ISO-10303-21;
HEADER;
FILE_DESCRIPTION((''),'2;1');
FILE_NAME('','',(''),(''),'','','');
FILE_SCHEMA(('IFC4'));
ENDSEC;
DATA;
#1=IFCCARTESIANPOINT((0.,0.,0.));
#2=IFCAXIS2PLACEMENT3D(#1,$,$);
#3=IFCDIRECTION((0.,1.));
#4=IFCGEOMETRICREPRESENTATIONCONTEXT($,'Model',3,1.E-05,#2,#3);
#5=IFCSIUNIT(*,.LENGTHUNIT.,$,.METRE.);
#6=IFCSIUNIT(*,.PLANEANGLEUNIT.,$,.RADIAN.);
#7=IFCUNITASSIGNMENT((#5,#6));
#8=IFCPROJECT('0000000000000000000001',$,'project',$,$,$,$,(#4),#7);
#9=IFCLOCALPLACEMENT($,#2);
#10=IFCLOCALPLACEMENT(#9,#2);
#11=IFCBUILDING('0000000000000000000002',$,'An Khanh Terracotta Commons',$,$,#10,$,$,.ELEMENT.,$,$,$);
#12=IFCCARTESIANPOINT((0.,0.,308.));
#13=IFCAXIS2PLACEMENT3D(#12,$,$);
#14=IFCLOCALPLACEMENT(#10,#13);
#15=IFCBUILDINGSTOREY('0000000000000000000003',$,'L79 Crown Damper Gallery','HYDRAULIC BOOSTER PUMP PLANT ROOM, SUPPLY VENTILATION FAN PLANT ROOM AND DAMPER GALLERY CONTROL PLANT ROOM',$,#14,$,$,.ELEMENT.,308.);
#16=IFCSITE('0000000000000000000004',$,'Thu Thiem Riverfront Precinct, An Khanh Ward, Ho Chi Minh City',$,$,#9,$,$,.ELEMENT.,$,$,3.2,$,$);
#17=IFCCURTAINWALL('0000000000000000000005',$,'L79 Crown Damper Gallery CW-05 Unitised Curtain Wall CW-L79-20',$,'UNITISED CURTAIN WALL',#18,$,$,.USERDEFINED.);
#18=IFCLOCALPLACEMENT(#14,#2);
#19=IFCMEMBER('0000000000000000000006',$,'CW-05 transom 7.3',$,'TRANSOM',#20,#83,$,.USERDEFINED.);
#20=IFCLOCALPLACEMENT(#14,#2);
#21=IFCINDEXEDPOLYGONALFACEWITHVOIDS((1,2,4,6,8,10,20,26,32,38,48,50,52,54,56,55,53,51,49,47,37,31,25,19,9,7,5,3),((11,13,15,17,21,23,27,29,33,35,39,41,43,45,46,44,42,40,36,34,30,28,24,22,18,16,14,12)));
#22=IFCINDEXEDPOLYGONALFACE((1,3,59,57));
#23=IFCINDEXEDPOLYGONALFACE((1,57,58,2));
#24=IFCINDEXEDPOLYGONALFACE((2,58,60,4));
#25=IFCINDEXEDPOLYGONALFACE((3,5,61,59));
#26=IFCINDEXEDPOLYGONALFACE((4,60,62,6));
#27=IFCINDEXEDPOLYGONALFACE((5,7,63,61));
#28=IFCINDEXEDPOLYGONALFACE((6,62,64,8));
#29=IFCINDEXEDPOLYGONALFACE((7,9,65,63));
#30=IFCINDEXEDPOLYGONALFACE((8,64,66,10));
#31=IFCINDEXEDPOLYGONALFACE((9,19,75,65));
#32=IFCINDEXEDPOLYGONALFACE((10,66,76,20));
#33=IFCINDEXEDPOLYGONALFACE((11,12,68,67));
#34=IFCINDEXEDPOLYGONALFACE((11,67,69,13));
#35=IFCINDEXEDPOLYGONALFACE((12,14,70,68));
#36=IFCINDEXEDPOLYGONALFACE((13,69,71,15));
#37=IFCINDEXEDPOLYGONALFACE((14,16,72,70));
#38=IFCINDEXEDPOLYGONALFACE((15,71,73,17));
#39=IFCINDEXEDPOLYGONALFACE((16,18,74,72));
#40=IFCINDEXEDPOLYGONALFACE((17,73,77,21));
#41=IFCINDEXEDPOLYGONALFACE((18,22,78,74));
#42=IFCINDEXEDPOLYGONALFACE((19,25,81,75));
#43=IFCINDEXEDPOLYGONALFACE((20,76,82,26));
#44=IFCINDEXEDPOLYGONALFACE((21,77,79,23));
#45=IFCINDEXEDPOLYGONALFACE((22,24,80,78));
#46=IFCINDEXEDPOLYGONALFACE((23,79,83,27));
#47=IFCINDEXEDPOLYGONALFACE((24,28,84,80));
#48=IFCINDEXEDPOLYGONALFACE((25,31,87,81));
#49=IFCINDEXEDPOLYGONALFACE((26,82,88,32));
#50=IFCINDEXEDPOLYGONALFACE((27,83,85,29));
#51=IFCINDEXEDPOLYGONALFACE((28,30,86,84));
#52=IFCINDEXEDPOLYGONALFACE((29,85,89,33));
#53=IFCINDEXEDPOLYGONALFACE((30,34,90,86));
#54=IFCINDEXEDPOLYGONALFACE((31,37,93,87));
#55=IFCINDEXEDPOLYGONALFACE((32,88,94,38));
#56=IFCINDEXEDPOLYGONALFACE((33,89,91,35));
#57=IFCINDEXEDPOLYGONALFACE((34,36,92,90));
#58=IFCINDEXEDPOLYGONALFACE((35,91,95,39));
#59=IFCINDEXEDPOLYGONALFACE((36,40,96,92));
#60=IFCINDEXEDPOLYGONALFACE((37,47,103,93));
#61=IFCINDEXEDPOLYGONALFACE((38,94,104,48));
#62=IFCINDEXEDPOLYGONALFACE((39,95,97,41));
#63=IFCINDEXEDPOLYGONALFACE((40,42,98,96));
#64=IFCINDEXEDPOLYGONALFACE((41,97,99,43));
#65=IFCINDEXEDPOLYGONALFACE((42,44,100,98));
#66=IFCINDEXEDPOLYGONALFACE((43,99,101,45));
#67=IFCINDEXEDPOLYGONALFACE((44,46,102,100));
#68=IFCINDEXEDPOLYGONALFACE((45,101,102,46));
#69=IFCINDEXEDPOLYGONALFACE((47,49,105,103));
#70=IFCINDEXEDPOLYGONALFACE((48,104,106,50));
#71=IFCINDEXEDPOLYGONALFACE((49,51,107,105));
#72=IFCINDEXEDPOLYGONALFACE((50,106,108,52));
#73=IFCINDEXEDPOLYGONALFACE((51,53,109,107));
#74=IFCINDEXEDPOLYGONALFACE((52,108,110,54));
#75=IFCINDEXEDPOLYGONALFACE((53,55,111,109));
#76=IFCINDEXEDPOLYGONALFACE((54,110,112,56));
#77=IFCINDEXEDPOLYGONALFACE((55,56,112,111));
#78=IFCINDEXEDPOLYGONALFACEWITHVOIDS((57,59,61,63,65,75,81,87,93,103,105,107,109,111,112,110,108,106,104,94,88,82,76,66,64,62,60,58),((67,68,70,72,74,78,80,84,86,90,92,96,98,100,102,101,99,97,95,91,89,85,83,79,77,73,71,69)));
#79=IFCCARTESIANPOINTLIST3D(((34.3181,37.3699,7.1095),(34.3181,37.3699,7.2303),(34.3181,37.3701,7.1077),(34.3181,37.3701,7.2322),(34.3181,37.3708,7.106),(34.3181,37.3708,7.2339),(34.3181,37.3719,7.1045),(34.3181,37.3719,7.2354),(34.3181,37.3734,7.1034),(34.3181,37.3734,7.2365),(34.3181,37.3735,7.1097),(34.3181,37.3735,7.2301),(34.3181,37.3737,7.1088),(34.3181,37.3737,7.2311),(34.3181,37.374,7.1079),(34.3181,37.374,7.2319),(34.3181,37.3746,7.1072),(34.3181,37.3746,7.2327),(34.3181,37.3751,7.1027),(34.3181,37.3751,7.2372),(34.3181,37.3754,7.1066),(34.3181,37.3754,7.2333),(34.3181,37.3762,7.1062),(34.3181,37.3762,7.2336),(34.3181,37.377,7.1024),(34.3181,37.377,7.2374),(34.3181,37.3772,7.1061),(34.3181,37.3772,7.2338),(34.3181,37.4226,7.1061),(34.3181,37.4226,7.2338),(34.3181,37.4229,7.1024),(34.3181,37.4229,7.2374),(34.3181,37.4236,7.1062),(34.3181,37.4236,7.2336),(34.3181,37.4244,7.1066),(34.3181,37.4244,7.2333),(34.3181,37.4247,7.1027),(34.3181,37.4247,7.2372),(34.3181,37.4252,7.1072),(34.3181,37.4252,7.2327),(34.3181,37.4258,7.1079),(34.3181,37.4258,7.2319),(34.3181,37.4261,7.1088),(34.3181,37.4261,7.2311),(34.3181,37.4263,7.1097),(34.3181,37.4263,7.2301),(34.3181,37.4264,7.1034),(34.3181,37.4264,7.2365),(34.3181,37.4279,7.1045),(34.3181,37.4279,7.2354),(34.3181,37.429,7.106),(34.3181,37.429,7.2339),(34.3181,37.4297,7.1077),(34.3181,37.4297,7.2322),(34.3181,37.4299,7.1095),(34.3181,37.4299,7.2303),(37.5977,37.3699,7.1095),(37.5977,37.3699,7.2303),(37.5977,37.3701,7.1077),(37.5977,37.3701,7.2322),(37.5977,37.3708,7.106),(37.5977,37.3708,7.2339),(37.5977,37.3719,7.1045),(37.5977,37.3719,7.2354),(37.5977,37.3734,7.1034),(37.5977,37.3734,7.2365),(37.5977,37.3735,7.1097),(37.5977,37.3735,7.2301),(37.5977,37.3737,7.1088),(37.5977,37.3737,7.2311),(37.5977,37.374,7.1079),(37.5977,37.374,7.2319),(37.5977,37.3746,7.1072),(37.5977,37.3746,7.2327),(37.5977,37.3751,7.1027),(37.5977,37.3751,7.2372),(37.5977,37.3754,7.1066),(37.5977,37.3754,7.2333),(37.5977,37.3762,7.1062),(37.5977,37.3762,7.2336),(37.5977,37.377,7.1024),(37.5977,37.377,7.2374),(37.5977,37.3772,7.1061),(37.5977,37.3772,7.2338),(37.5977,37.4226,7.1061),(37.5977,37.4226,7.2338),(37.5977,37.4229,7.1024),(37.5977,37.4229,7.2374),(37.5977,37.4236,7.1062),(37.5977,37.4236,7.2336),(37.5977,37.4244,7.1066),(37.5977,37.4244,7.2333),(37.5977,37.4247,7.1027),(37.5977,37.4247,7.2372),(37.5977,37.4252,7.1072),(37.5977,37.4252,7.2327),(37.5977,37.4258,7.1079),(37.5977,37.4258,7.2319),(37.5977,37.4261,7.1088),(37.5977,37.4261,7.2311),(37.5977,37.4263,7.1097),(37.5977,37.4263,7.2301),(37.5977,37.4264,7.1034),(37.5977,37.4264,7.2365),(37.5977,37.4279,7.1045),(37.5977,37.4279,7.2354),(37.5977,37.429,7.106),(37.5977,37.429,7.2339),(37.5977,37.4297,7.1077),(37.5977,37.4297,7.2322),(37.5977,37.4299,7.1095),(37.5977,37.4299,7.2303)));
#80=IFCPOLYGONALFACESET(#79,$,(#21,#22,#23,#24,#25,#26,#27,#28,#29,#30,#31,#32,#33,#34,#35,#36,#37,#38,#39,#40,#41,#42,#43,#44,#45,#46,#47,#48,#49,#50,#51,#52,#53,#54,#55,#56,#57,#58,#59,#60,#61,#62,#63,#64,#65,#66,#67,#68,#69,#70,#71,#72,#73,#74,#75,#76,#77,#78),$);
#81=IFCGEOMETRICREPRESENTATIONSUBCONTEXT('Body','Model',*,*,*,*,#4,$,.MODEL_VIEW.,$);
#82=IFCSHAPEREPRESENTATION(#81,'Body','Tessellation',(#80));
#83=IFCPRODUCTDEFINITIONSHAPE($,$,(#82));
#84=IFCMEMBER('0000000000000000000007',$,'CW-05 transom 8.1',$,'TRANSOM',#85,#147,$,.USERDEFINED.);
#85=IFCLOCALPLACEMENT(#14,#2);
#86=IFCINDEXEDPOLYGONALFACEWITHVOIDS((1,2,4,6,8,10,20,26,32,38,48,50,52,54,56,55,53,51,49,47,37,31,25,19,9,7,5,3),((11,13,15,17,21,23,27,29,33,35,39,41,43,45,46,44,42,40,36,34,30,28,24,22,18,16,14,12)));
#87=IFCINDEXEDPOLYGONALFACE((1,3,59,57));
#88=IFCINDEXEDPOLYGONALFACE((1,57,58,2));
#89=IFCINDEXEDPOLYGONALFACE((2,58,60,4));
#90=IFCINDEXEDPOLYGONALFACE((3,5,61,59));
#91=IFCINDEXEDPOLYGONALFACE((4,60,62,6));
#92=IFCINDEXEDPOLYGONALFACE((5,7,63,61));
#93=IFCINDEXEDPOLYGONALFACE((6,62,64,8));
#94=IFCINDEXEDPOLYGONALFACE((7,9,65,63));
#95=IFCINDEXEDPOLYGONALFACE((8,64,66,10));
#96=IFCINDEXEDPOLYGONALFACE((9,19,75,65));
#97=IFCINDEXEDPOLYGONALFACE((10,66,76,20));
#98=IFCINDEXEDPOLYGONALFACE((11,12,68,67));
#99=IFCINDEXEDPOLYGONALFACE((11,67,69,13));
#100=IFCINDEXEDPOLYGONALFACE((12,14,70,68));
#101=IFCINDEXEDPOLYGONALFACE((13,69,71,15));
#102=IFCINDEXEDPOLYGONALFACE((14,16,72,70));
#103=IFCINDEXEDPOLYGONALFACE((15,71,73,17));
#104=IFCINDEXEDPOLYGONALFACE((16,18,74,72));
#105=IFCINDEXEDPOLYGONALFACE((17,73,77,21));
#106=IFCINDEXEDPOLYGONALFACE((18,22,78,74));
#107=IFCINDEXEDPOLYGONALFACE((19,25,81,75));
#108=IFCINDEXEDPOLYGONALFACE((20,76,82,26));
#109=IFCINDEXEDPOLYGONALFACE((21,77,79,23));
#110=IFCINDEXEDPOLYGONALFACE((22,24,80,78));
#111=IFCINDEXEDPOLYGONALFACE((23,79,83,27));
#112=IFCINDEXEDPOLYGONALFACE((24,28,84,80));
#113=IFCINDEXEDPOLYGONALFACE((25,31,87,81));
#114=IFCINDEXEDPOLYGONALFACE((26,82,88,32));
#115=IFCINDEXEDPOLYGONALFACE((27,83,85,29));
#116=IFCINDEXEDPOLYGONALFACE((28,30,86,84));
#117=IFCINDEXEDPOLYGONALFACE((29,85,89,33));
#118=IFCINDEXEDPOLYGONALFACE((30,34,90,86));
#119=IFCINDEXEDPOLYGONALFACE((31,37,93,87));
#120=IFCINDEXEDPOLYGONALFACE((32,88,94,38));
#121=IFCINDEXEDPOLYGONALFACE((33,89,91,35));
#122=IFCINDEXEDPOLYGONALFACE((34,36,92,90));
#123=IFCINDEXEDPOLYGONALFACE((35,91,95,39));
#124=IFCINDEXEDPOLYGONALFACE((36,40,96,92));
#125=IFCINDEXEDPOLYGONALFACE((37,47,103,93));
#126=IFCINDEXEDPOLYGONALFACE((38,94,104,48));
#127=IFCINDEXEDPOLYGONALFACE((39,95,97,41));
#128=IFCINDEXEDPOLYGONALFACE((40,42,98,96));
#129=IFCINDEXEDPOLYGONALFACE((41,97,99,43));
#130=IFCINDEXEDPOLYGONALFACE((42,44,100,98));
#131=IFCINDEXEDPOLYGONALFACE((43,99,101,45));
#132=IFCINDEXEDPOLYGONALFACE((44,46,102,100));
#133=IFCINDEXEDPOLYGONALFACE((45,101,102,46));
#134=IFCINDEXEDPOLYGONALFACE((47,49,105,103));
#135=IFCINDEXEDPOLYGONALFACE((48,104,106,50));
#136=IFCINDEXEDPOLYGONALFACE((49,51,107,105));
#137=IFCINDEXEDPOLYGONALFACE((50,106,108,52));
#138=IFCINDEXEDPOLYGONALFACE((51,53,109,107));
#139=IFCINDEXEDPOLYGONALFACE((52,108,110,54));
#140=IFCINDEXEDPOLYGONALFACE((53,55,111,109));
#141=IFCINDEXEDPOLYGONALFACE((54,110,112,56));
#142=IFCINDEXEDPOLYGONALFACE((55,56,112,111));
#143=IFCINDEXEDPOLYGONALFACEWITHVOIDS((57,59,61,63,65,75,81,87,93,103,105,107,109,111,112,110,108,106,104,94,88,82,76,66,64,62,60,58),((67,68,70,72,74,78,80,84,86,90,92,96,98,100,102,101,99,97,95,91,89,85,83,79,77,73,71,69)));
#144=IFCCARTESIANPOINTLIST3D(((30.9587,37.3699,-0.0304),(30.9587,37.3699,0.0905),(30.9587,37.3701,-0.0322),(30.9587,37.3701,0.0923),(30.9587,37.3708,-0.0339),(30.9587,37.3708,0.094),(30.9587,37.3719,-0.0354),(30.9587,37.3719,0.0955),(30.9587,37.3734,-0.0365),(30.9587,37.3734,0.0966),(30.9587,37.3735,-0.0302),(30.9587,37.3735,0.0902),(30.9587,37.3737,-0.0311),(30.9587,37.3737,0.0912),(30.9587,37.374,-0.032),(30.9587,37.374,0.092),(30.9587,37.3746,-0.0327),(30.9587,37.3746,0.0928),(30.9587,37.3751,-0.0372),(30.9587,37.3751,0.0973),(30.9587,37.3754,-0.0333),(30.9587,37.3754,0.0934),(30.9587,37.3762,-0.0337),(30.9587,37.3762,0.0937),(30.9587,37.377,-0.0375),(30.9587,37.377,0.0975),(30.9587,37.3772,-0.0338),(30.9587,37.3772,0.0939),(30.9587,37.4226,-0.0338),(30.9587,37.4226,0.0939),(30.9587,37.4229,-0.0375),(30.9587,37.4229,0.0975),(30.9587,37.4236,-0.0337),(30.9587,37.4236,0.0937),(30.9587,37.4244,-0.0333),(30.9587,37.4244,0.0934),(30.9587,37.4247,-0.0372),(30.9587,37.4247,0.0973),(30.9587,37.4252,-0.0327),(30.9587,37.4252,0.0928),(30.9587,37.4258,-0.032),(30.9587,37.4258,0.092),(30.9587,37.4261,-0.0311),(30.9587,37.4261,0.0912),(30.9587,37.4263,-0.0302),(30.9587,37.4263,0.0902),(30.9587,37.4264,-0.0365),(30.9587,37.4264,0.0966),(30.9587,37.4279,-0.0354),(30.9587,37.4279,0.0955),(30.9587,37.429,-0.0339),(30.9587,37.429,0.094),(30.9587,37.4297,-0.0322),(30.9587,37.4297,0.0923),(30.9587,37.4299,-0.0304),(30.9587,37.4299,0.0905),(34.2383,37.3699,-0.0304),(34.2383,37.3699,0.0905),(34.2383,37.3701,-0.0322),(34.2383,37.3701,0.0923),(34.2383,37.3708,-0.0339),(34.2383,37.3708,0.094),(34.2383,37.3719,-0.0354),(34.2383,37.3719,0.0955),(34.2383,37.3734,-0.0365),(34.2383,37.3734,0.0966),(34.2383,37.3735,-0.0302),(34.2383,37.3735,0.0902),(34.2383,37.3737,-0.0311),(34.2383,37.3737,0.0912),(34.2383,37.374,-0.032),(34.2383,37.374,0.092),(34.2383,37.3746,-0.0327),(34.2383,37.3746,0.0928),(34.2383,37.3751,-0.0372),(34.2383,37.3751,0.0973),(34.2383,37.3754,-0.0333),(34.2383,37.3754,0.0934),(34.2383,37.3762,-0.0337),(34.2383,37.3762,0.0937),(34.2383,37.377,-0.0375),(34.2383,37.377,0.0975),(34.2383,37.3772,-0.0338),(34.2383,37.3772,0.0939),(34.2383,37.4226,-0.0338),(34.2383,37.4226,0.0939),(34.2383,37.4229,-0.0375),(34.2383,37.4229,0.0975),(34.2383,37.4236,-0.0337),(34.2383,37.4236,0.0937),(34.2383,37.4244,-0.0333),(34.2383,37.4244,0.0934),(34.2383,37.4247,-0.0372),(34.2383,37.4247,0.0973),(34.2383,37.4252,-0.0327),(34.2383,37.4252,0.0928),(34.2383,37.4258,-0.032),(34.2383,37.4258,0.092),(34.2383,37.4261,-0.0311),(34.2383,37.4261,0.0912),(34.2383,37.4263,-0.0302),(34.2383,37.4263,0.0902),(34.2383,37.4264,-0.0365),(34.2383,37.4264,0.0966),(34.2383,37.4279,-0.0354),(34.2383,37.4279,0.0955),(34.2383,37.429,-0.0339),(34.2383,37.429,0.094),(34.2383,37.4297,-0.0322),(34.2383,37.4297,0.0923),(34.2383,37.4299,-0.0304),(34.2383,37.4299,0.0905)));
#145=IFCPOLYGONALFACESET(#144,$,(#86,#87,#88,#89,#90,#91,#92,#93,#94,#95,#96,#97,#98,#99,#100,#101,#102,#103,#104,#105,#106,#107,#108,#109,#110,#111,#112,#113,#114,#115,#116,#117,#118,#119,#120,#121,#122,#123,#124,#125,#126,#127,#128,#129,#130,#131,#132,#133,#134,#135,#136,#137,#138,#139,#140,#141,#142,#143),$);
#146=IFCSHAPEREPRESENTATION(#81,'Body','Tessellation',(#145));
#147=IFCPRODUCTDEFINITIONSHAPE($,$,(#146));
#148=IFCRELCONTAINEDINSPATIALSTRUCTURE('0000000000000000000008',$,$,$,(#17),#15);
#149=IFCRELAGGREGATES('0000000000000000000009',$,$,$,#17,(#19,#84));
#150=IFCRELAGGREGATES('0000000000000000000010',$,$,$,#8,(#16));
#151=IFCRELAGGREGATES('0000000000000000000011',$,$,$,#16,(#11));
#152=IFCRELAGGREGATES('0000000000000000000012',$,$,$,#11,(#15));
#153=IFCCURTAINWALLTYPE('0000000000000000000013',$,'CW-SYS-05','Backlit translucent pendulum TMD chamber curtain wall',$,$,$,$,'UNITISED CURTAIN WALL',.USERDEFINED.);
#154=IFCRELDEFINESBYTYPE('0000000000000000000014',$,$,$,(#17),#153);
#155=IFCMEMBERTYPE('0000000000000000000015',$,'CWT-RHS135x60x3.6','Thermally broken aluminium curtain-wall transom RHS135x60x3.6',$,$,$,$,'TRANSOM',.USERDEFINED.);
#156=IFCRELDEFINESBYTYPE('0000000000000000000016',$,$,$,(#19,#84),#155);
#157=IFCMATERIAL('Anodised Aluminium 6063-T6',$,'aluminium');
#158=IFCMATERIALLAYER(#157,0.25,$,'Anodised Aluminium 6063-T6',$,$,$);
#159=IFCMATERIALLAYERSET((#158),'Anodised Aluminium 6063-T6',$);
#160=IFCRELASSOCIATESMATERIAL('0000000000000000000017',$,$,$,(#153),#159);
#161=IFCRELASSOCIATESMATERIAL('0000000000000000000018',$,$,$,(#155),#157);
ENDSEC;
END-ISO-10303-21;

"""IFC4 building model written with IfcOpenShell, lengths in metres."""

from ifc_helpers import new_model, si_unit, direction, frame, origin, origin_2d, place, context, subcontext, project, spatial, hollow_rectangle, extrude, material, layer, layer_set, material_profile, profile_set, type_object, element, aggregate, save


model = new_model("IFC4")

# Units and contexts
model_context = context("Model", 3, precision=1e-05, world=origin(), true_north=direction((0.0, 1.0)))
body_context = subcontext(model_context, "Body", "Model", "MODEL_VIEW")
ifc_project = project(units=[si_unit("LENGTHUNIT", "METRE"), si_unit("PLANEANGLEUNIT", "RADIAN")], contexts=[model_context])

# Site, building, storey
site_placement = place(None, origin())
site = spatial("IfcSite", under=ifc_project, at=site_placement, Name="Thu Thiem Riverfront Precinct, An Khanh Ward, Ho Chi Minh City", CompositionType="ELEMENT", RefElevation=3.2)
building_placement = place(site_placement, origin())
building = spatial("IfcBuilding", under=site, at=building_placement, Name="An Khanh Terracotta Commons", CompositionType="ELEMENT")
storey_placement = place(building_placement, frame((0.0, 0.0, 308.0)))
storey = spatial("IfcBuildingStorey", under=building, at=storey_placement, Name="L79 Crown Damper Gallery", Description="HYDRAULIC BOOSTER PUMP PLANT ROOM, SUPPLY VENTILATION FAN PLANT ROOM AND DAMPER GALLERY CONTROL PLANT ROOM", CompositionType="ELEMENT", Elevation=308.0)

# Curtain wall, members
ifc_material_1 = material(Name="Anodised Aluminium 6063-T6", Category="aluminium")
ifc_layer_1 = layer(ifc_material_1, 0.25, Name="Anodised Aluminium 6063-T6")
ifc_layer_set_1 = layer_set([ifc_layer_1], Name="Anodised Aluminium 6063-T6")
curtain_wall_type = type_object("IfcCurtainWallType", Name="CW-SYS-05", Description="Backlit translucent pendulum TMD chamber curtain wall", ElementType="UNITISED CURTAIN WALL", PredefinedType="USERDEFINED", material=ifc_layer_set_1)
curtain_wall_placement = place(storey_placement, origin())
curtain_wall = element("IfcCurtainWall", 1, at=curtain_wall_placement, inside=storey, type_object=curtain_wall_type, Name="L79 Crown Damper Gallery CW-05 Unitised Curtain Wall CW-L79-20", ObjectType="UNITISED CURTAIN WALL", PredefinedType="USERDEFINED")
ifc_material_profile_1 = material_profile(ifc_material_1, hollow_rectangle(XDim=0.0601, YDim=0.135, WallThickness=0.0037, InnerFilletRadius=0.0037, OuterFilletRadius=0.0071, at=origin_2d()), Name="RHS135x60x3.6")
ifc_profile_set_1 = profile_set([ifc_material_profile_1], Name="Anodised Aluminium 6063-T6")
member_type_1 = type_object("IfcMemberType", Name="CWT-RHS135x60x3.6", Description="Thermally broken aluminium curtain-wall transom RHS135x60x3.6", ElementType="TRANSOM", PredefinedType="USERDEFINED", material=ifc_profile_set_1)
member_1_placement = place(storey_placement, frame((37.5977, 37.3999, 7.1699), z_axis=(-1.0, 0.0, 0.0), x_axis=(0.0, -1.0, 0.0)))
member_1 = element("IfcMember", 2, at=member_1_placement, type_object=member_type_1, Name="CW-05 transom 7.3", ObjectType="TRANSOM", PredefinedType="USERDEFINED", context=body_context, shape_type="SweptSolid", body=[
    extrude(hollow_rectangle(XDim=0.0601, YDim=0.135, WallThickness=0.0037, InnerFilletRadius=0.0037, OuterFilletRadius=0.0071, at=origin_2d()), origin(), (0.0, 0.0, 1.0), 3.2795),
])
member_2_placement = place(storey_placement, frame((34.2383, 37.3999, 0.03), z_axis=(-1.0, 0.0, 0.0), x_axis=(0.0, -1.0, 0.0)))
member_2 = element("IfcMember", 3, at=member_2_placement, type_object=member_type_1, Name="CW-05 transom 8.1", ObjectType="TRANSOM", PredefinedType="USERDEFINED", context=body_context, shape_type="SweptSolid", body=[
    extrude(hollow_rectangle(XDim=0.0601, YDim=0.135, WallThickness=0.0037, InnerFilletRadius=0.0037, OuterFilletRadius=0.0071, at=origin_2d()), origin(), (0.0, 0.0, 1.0), 3.2795),
])
aggregate(curtain_wall, [member_1, member_2])

save(model, "model.ifc")
